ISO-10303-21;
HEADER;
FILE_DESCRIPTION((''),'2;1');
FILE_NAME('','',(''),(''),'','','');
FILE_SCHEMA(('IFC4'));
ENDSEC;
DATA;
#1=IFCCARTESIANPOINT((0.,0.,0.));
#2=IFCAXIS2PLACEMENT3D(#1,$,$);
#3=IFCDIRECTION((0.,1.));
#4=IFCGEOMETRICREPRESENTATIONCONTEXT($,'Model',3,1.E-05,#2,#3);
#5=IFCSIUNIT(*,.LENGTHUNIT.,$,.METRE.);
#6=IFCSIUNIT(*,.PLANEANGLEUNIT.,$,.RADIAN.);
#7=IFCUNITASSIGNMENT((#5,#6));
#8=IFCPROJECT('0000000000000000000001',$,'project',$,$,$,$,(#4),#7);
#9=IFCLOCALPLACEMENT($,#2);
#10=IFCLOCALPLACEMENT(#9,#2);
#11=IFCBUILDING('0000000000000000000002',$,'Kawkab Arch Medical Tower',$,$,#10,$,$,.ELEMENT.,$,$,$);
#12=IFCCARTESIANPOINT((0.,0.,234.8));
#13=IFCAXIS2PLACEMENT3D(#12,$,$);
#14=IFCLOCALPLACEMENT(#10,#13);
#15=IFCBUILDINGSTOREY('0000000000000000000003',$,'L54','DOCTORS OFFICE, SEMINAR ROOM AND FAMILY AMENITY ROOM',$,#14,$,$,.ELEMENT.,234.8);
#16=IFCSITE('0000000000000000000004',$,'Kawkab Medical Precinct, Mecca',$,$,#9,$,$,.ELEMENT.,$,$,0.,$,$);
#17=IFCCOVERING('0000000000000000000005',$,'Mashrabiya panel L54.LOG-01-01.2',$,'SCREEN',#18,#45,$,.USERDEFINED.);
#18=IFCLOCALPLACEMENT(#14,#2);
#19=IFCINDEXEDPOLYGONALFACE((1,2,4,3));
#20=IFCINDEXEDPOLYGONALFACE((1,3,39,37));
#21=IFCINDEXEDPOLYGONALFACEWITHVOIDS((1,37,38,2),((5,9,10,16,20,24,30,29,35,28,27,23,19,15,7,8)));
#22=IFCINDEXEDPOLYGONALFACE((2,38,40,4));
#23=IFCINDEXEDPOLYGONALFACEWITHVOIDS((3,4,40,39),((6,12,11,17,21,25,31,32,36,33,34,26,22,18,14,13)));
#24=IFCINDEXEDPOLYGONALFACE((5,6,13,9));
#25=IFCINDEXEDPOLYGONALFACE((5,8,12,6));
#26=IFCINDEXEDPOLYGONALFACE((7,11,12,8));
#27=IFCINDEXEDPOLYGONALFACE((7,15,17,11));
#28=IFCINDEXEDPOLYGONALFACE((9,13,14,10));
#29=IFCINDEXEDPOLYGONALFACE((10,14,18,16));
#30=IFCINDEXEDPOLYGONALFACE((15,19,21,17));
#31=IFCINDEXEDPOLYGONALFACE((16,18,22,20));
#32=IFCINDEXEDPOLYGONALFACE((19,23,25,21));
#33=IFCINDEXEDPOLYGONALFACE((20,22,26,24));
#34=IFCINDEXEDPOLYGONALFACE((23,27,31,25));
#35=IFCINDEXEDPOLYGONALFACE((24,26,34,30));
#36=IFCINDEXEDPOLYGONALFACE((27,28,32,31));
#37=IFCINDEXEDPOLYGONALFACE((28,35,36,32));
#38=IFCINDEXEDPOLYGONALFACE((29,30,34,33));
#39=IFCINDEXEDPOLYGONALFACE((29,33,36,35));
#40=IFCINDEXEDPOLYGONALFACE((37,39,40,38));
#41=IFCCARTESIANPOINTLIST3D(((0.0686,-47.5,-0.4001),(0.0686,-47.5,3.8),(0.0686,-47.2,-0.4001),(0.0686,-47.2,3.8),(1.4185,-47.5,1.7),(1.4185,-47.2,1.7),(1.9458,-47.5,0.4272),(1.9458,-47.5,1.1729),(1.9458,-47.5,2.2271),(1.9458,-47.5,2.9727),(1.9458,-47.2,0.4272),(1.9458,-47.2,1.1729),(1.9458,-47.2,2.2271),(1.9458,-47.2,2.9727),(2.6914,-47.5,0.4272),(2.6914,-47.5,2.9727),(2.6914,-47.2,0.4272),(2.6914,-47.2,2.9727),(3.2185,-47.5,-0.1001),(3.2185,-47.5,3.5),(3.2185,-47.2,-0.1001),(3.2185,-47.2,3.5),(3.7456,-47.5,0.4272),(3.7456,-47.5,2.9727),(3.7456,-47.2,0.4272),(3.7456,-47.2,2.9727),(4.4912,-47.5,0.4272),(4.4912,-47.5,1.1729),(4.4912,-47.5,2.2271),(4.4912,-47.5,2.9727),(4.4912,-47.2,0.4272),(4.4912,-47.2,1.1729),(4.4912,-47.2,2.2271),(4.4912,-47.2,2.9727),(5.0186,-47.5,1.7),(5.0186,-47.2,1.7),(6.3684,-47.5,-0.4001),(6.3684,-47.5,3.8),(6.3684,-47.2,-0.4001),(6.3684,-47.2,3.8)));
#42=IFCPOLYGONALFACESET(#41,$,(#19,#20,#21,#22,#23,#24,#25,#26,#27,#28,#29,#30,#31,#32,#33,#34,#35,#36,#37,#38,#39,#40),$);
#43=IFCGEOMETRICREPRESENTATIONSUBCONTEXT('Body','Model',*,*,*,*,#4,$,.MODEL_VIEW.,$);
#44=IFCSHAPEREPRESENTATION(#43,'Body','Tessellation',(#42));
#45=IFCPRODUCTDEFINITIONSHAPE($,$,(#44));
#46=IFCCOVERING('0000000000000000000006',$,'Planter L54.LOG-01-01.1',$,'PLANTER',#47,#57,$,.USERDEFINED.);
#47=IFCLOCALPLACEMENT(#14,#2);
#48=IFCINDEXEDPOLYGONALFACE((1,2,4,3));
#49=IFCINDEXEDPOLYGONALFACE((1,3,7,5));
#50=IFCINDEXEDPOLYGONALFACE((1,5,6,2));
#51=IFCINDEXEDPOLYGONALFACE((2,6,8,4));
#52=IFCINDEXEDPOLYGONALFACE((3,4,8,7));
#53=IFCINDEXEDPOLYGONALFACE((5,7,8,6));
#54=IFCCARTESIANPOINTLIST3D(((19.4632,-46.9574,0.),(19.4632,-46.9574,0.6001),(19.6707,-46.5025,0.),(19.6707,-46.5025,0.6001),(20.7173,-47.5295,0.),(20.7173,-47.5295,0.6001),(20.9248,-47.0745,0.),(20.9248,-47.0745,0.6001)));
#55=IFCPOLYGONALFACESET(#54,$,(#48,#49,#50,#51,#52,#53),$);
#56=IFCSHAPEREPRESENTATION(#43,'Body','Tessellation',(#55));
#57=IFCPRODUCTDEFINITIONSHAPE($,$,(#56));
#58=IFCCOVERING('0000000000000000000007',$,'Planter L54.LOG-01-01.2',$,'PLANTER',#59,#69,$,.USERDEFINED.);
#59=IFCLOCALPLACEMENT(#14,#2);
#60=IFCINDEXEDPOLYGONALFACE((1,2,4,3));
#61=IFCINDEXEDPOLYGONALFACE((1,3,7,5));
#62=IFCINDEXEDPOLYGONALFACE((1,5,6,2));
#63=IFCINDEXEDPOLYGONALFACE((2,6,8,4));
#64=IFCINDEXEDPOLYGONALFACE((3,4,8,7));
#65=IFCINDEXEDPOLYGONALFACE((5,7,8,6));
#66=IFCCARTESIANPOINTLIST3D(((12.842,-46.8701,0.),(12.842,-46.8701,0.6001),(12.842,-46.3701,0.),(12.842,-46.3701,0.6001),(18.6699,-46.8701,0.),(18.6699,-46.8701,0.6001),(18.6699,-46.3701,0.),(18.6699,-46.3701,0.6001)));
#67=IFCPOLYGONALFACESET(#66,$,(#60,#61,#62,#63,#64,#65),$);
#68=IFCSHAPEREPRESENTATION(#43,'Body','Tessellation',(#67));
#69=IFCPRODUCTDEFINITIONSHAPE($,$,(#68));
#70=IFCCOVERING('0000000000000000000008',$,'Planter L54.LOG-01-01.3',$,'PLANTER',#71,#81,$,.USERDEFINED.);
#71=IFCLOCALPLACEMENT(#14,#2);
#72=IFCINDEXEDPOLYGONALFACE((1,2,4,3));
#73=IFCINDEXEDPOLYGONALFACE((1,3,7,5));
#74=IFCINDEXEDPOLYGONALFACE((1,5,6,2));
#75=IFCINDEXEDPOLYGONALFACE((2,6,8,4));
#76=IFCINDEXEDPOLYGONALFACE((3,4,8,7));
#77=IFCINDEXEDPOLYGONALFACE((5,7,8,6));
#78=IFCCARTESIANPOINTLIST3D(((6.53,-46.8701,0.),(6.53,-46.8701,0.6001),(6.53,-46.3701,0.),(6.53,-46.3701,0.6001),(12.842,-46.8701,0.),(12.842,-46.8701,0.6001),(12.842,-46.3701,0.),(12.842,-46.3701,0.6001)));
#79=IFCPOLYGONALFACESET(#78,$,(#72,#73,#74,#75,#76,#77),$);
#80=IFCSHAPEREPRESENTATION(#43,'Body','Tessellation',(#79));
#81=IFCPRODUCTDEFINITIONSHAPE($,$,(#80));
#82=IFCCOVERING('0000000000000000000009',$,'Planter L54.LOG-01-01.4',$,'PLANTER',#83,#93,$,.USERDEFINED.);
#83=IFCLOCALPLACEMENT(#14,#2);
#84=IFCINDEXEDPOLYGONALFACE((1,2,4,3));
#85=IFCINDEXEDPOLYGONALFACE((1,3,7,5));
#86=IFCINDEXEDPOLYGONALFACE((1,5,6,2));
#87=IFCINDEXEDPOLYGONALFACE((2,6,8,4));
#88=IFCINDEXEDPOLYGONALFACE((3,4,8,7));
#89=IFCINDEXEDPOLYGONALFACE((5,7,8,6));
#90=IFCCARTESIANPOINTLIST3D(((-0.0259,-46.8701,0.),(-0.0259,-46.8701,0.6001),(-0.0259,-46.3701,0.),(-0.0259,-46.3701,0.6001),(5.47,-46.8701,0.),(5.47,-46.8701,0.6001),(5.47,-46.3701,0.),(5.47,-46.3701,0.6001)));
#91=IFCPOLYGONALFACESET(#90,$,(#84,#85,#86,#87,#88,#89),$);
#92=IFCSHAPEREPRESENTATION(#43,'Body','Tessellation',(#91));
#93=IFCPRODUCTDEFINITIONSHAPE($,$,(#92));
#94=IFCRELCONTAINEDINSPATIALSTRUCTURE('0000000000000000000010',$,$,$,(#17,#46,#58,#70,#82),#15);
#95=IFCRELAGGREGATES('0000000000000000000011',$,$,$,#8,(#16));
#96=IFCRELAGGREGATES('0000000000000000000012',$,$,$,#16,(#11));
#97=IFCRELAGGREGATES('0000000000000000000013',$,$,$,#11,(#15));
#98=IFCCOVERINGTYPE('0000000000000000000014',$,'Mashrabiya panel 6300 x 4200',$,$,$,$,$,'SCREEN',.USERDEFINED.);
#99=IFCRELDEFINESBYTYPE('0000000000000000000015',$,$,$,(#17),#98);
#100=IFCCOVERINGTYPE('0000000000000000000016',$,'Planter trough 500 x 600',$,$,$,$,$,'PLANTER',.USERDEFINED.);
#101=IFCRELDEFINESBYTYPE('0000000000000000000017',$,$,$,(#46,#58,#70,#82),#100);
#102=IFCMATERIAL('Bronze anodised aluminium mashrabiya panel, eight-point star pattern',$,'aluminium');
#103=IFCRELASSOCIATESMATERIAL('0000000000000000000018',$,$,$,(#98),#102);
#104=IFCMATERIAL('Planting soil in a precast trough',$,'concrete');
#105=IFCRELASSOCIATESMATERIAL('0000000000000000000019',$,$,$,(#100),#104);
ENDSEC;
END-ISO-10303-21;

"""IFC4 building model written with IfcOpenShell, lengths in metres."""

from ifc_helpers import new_model, si_unit, direction, frame, origin, origin_2d, place, context, subcontext, project, spatial, polyline, rectangle, outline, extrude, material, material_profile, profile_set, type_object, element, save


model = new_model("IFC4")

# Units and contexts
model_context = context("Model", 3, precision=1e-05, world=origin(), true_north=direction((0.0, 1.0)))
body_context = subcontext(model_context, "Body", "Model", "MODEL_VIEW")
ifc_project = project(units=[si_unit("LENGTHUNIT", "METRE"), si_unit("PLANEANGLEUNIT", "RADIAN")], contexts=[model_context])

# Site, building, storey
site_placement = place(None, origin())
site = spatial("IfcSite", under=ifc_project, at=site_placement, Name="Kawkab Medical Precinct, Mecca", CompositionType="ELEMENT", RefElevation=0.0)
building_placement = place(site_placement, origin())
building = spatial("IfcBuilding", under=site, at=building_placement, Name="Kawkab Arch Medical Tower", CompositionType="ELEMENT")
storey_placement = place(building_placement, frame((0.0, 0.0, 234.8)))
storey = spatial("IfcBuildingStorey", under=building, at=storey_placement, Name="L54", Description="DOCTORS OFFICE, SEMINAR ROOM AND FAMILY AMENITY ROOM", CompositionType="ELEMENT", Elevation=234.8)

# Coverings
ifc_material_1 = material(Name="Bronze anodised aluminium mashrabiya panel, eight-point star pattern", Category="aluminium")
ifc_material_profile_1 = material_profile(ifc_material_1, outline(polyline([(-3.1499, -2.1001), (3.1499, -2.1001), (3.1499, 2.1001), (-3.1499, 2.1001), (-3.1499, -2.1001)]), holes=[polyline([(1.8, 0.0), (1.2727, 0.5271), (1.2727, 1.2727), (0.5271, 1.2727), (0.0, 1.8), (-0.5271, 1.2727), (-1.2727, 1.2727), (-1.2727, 0.5271), (-1.8, 0.0), (-1.2727, -0.5271), (-1.2727, -1.2727), (-0.5271, -1.2727), (0.0, -1.8), (0.5271, -1.2727), (1.2727, -1.2727), (1.2727, -0.5271), (1.8, 0.0)])]), Name="Mashrabiya panel 6300x4200")
ifc_profile_set_1 = profile_set([ifc_material_profile_1], Name="Bronze anodised aluminium mashrabiya panel, eight-point star pattern")
covering_type_1 = type_object("IfcCoveringType", Name="Mashrabiya panel 6300 x 4200", ElementType="SCREEN", PredefinedType="USERDEFINED", material=ifc_profile_set_1)
for number, where, z_axis, x_axis, name in (
    (1, (3.2185, -47.2, 1.7), (0.0, -1.0, 0.0), (1.0, 0.0, 0.0), "Mashrabiya panel L54.LOG-01-01.2"),
):
    element("IfcCovering", number, at=place(storey_placement, frame(where, z_axis=z_axis, x_axis=x_axis)), inside=storey, type_object=covering_type_1, Name=name, ObjectType="SCREEN", PredefinedType="USERDEFINED", context=body_context, shape_type="SweptSolid", body=[
        extrude(outline(polyline([(-3.1499, -2.1001), (3.1499, -2.1001), (3.1499, 2.1001), (-3.1499, 2.1001), (-3.1499, -2.1001)]), holes=[polyline([(1.8, 0.0), (1.2727, 0.5271), (1.2727, 1.2727), (0.5271, 1.2727), (0.0, 1.8), (-0.5271, 1.2727), (-1.2727, 1.2727), (-1.2727, 0.5271), (-1.8, 0.0), (-1.2727, -0.5271), (-1.2727, -1.2727), (-0.5271, -1.2727), (0.0, -1.8), (0.5271, -1.2727), (1.2727, -1.2727), (1.2727, -0.5271), (1.8, 0.0)])]), origin(), (0.0, 0.0, 1.0), 0.3),
    ])
ifc_material_2 = material(Name="Planting soil in a precast trough", Category="concrete")
ifc_material_profile_2 = material_profile(ifc_material_2, rectangle(XDim=0.5, YDim=0.6001, at=origin_2d()), Name="Trough 500x600")
ifc_profile_set_2 = profile_set([ifc_material_profile_2], Name="Planting soil in a precast trough")
covering_type_2 = type_object("IfcCoveringType", Name="Planter trough 500 x 600", ElementType="PLANTER", PredefinedType="USERDEFINED", material=ifc_profile_set_2)
covering_1_placement = place(storey_placement, frame((20.821, -47.302, 0.3), z_axis=(-0.909832, 0.414977, 0.0), x_axis=(-0.414977, -0.909832, 0.0)))
element("IfcCovering", 2, at=covering_1_placement, inside=storey, type_object=covering_type_2, Name="Planter L54.LOG-01-01.1", ObjectType="PLANTER", PredefinedType="USERDEFINED", context=body_context, shape_type="SweptSolid", body=[
    extrude(rectangle(XDim=0.5, YDim=0.6001, at=origin_2d()), origin(), (0.0, 0.0, 1.0), 1.3784),
])
covering_2_placement = place(storey_placement, frame((18.6699, -46.6201, 0.3), z_axis=(-1.0, 0.0, 0.0), x_axis=(0.0, -1.0, 0.0)))
element("IfcCovering", 3, at=covering_2_placement, inside=storey, type_object=covering_type_2, Name="Planter L54.LOG-01-01.2", ObjectType="PLANTER", PredefinedType="USERDEFINED", context=body_context, shape_type="SweptSolid", body=[
    extrude(rectangle(XDim=0.5, YDim=0.6001, at=origin_2d()), origin(), (0.0, 0.0, 1.0), 5.8279),
])
covering_3_placement = place(storey_placement, frame((12.842, -46.6201, 0.3), z_axis=(-1.0, 0.0, 0.0), x_axis=(0.0, -1.0, 0.0)))
element("IfcCovering", 4, at=covering_3_placement, inside=storey, type_object=covering_type_2, Name="Planter L54.LOG-01-01.3", ObjectType="PLANTER", PredefinedType="USERDEFINED", context=body_context, shape_type="SweptSolid", body=[
    extrude(rectangle(XDim=0.5, YDim=0.6001, at=origin_2d()), origin(), (0.0, 0.0, 1.0), 6.312),
])
covering_4_placement = place(storey_placement, frame((5.47, -46.6201, 0.3), z_axis=(-1.0, 0.0, 0.0), x_axis=(0.0, -1.0, 0.0)))
element("IfcCovering", 5, at=covering_4_placement, inside=storey, type_object=covering_type_2, Name="Planter L54.LOG-01-01.4", ObjectType="PLANTER", PredefinedType="USERDEFINED", context=body_context, shape_type="SweptSolid", body=[
    extrude(rectangle(XDim=0.5, YDim=0.6001, at=origin_2d()), origin(), (0.0, 0.0, 1.0), 5.4958),
])

save(model, "model.ifc")
